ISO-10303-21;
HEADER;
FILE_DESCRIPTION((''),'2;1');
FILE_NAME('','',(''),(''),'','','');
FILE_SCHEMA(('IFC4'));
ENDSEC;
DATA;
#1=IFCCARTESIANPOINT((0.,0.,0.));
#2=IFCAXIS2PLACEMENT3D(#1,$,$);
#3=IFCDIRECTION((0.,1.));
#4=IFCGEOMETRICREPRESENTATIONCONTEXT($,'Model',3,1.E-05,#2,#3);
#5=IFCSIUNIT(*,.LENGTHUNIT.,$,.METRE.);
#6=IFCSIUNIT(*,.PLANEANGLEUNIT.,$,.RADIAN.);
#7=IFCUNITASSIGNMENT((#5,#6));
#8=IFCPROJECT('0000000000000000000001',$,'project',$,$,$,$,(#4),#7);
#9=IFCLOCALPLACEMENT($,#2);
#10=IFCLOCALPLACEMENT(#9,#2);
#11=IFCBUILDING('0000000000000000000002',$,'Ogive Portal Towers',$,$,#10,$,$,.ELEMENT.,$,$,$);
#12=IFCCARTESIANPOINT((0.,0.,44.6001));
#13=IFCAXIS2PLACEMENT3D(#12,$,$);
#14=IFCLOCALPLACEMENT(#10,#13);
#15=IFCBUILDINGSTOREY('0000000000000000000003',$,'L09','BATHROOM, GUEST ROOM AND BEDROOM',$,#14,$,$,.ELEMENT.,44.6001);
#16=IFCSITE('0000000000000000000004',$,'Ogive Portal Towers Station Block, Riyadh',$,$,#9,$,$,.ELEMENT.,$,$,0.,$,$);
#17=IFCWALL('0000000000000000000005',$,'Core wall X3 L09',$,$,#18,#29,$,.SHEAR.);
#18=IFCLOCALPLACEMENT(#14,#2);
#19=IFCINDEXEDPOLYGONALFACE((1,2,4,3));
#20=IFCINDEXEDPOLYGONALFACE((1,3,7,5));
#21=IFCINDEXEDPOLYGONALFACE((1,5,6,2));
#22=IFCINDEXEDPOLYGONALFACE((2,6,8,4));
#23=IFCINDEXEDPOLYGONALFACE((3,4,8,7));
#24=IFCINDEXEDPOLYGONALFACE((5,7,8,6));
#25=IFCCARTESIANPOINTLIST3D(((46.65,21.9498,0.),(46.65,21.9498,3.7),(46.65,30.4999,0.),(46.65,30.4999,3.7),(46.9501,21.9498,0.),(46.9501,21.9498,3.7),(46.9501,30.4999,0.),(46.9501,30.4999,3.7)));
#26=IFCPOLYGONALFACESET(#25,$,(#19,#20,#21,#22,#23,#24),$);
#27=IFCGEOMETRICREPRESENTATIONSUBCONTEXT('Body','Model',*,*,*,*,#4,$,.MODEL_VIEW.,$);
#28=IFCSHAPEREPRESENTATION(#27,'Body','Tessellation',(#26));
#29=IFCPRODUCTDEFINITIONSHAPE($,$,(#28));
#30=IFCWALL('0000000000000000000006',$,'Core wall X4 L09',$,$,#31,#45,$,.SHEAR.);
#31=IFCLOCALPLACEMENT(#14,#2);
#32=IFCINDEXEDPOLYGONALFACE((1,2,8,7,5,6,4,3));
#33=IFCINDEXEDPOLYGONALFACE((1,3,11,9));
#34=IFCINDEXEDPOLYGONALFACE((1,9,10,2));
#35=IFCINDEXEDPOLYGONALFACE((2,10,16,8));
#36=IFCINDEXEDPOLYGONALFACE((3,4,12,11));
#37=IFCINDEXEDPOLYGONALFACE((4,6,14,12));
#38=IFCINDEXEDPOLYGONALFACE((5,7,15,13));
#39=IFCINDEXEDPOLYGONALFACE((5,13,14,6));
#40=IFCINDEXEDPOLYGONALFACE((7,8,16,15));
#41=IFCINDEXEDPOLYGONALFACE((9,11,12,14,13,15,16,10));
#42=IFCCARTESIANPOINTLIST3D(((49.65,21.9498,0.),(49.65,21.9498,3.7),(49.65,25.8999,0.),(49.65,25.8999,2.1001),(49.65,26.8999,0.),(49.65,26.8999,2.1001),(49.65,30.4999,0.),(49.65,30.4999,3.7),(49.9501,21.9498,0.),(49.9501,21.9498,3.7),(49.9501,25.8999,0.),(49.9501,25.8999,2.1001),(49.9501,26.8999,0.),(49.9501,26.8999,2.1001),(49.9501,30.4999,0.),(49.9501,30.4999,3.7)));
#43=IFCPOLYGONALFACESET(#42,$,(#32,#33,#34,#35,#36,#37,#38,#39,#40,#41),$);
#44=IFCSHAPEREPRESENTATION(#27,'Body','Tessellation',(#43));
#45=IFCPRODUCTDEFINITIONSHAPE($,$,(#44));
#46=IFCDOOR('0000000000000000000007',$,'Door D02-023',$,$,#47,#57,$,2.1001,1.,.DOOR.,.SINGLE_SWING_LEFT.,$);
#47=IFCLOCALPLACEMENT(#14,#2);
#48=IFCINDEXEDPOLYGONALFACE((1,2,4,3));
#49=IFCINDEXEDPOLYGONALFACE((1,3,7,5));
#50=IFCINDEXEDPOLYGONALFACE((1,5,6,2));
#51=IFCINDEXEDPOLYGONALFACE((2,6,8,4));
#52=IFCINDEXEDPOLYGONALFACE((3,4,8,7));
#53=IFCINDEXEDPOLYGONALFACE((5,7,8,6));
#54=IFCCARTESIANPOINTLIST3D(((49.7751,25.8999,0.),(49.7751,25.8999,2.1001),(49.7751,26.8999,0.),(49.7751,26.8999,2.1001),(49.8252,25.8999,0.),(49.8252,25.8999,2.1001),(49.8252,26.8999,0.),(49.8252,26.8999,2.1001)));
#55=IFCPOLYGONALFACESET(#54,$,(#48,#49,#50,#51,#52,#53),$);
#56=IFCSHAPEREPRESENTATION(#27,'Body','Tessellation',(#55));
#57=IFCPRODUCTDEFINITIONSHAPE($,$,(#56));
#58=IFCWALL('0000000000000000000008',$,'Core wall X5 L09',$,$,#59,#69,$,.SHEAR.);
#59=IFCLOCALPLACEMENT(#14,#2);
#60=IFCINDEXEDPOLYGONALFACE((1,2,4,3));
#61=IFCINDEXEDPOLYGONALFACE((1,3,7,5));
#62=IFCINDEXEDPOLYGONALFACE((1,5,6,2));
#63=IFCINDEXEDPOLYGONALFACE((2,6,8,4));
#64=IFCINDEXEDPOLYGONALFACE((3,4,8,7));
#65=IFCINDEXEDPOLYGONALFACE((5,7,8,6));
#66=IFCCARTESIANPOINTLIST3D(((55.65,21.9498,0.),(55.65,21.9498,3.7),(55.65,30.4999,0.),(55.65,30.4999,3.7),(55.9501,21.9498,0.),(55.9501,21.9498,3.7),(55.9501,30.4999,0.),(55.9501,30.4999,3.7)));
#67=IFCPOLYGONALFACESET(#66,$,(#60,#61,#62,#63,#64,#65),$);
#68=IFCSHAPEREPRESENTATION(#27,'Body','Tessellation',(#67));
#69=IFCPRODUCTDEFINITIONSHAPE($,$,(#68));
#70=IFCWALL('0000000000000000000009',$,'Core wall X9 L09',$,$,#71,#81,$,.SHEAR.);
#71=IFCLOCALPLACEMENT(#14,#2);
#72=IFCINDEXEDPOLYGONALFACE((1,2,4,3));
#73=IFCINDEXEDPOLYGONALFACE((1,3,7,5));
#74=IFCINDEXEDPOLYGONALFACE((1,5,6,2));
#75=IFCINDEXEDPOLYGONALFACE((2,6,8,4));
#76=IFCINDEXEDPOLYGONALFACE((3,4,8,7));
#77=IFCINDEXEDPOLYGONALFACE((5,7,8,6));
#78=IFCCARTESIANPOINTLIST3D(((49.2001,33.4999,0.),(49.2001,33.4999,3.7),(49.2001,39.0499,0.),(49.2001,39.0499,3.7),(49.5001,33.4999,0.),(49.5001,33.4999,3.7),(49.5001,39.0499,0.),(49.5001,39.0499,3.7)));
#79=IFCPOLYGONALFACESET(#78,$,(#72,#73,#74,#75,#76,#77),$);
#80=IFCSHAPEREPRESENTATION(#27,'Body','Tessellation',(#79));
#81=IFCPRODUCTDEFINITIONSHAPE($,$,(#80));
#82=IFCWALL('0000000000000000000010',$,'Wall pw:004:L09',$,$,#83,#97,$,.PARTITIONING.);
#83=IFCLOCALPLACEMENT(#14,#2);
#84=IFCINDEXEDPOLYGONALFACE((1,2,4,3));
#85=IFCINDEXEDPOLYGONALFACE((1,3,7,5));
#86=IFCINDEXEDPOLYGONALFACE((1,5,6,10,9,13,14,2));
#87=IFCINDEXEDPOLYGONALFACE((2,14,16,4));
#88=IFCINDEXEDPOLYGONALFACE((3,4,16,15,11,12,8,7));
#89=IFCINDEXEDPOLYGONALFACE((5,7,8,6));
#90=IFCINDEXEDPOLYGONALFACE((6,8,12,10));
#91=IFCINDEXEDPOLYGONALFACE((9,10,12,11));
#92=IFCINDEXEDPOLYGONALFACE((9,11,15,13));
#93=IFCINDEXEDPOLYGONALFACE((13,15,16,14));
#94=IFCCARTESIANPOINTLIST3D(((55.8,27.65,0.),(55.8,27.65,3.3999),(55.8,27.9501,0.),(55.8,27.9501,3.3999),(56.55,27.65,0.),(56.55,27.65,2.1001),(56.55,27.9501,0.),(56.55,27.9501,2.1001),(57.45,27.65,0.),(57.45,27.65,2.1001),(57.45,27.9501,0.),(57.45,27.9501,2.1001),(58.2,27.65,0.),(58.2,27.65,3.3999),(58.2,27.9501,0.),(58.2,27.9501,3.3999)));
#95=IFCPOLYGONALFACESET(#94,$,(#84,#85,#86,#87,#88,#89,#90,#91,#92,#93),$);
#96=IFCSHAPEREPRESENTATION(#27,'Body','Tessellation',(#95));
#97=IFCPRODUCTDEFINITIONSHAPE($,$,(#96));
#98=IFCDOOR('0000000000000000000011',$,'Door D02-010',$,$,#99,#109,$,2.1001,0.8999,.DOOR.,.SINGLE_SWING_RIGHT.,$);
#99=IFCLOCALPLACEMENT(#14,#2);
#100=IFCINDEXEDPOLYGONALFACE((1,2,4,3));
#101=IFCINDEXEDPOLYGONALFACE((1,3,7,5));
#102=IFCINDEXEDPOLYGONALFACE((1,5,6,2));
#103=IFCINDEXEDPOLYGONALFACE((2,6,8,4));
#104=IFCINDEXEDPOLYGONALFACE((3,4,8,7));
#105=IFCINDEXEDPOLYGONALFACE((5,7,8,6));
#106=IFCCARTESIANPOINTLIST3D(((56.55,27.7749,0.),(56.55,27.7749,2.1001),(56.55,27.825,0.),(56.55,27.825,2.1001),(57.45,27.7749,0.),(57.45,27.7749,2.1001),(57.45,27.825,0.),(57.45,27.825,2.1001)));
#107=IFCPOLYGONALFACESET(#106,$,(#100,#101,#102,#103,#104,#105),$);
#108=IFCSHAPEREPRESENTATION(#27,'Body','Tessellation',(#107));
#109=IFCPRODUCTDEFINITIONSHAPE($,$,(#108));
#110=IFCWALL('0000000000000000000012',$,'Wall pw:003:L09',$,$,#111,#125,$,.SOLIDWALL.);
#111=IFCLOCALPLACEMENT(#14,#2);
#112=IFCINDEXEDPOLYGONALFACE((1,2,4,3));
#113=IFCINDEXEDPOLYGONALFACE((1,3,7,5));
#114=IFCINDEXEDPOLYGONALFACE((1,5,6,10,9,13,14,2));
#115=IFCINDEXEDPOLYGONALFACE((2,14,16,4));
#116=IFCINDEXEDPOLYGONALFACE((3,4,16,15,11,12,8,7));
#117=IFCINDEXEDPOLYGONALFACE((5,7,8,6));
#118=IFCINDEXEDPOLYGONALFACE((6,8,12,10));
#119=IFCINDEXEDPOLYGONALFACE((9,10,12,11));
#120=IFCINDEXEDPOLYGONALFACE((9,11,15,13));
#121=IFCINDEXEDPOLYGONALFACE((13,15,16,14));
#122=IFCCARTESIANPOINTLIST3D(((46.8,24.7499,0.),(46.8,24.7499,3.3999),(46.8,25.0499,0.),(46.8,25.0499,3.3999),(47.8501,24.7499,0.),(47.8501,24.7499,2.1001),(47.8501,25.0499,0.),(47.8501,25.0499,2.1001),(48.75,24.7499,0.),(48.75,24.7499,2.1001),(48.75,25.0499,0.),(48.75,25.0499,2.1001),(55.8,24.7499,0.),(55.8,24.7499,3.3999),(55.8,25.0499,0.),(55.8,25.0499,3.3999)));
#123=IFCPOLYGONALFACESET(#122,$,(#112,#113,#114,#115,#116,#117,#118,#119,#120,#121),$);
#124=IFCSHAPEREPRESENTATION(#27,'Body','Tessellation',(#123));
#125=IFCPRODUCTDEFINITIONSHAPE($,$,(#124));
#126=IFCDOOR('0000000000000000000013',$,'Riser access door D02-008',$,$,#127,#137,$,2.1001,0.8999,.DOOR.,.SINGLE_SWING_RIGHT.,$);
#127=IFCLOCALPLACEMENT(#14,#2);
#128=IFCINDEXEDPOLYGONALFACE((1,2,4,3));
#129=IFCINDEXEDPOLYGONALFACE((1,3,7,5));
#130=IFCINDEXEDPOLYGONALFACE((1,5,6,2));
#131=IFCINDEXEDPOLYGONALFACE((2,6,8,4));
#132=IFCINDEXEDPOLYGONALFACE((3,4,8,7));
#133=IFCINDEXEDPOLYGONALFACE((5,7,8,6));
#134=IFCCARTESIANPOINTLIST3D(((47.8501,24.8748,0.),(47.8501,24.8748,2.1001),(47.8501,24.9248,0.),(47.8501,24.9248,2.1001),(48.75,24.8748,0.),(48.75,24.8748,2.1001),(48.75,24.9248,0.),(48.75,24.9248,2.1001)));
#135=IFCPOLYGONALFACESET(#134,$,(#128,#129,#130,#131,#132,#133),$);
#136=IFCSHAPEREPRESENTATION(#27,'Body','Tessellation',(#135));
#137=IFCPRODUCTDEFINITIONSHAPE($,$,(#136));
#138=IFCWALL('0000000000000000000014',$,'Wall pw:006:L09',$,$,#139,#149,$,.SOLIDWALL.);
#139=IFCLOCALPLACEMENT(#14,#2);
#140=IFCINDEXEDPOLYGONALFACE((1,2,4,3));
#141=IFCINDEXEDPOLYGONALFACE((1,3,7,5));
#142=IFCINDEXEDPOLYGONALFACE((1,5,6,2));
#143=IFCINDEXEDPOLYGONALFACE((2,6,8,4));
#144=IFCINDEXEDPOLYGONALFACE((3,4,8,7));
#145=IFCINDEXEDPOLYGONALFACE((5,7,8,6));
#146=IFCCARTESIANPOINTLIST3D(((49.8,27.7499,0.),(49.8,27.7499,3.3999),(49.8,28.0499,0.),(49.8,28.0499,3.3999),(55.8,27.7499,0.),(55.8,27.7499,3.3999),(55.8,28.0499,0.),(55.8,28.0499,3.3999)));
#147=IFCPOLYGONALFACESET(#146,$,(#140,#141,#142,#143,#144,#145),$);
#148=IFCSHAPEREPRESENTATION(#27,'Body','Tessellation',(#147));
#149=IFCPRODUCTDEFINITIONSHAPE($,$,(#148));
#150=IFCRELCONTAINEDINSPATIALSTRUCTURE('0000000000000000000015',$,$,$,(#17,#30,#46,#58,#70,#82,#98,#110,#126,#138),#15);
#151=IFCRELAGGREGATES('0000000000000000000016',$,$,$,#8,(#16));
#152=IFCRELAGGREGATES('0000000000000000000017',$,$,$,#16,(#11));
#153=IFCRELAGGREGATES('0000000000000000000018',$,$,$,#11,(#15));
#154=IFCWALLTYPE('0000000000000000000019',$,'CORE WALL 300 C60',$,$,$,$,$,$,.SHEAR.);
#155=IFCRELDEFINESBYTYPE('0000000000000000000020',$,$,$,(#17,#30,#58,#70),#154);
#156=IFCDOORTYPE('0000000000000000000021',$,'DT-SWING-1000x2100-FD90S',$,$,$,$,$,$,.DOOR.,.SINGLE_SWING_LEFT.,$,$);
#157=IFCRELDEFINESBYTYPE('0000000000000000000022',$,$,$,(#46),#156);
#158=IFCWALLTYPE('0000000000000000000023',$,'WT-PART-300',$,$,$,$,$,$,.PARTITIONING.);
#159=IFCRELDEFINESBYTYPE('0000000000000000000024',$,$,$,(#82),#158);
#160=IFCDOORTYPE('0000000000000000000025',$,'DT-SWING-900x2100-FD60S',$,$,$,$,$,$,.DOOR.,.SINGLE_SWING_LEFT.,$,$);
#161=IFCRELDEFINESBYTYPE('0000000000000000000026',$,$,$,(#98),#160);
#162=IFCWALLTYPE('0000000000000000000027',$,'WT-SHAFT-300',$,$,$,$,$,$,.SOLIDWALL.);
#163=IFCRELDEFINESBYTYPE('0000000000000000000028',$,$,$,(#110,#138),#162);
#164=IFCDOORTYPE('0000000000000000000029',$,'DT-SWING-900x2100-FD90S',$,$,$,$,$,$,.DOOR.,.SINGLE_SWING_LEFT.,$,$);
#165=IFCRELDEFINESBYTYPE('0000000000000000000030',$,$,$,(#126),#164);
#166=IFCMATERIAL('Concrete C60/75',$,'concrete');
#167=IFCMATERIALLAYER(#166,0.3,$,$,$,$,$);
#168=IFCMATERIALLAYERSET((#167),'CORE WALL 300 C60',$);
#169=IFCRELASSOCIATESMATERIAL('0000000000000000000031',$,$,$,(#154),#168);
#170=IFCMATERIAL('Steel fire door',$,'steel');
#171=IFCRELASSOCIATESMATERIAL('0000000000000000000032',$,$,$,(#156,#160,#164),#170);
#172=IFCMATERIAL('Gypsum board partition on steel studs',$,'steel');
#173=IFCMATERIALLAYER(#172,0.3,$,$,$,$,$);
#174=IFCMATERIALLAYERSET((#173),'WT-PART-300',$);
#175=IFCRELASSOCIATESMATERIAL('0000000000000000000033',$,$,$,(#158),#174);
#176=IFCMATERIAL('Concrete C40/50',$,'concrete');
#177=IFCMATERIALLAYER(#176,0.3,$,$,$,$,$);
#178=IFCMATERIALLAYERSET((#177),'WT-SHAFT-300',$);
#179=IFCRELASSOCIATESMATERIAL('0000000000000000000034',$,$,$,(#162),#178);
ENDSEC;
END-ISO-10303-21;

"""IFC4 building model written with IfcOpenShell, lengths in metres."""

from ifc_helpers import new_model, si_unit, direction, frame, frame_2d, origin, place, context, subcontext, project, spatial, rectangle, extrude, material, layer, layer_set, type_object, element, fill, save


model = new_model("IFC4")

# Units and contexts
model_context = context("Model", 3, precision=1e-05, world=origin(), true_north=direction((0.0, 1.0)))
body_context = subcontext(model_context, "Body", "Model", "MODEL_VIEW")
ifc_project = project(units=[si_unit("LENGTHUNIT", "METRE"), si_unit("PLANEANGLEUNIT", "RADIAN")], contexts=[model_context])

# Site, building, storey
site_placement = place(None, origin())
site = spatial("IfcSite", under=ifc_project, at=site_placement, Name="Ogive Portal Towers Station Block, Riyadh", CompositionType="ELEMENT", RefElevation=0.0)
building_placement = place(site_placement, origin())
building = spatial("IfcBuilding", under=site, at=building_placement, Name="Ogive Portal Towers", CompositionType="ELEMENT")
storey_placement = place(building_placement, frame((0.0, 0.0, 44.6001)))
storey = spatial("IfcBuildingStorey", under=building, at=storey_placement, Name="L09", Description="BATHROOM, GUEST ROOM AND BEDROOM", CompositionType="ELEMENT", Elevation=44.6001)

# Wall
ifc_material_1 = material(Name="Concrete C60/75", Category="concrete")
ifc_layer_1 = layer(ifc_material_1, 0.3)
ifc_layer_set_1 = layer_set([ifc_layer_1], Name="CORE WALL 300 C60")
wall_type_1 = type_object("IfcWallType", Name="CORE WALL 300 C60", PredefinedType="SHEAR", material=ifc_layer_set_1)
wall_1_placement = place(storey_placement, frame((46.8, 21.95, 0.0), z_axis=(0.0, 0.0, 1.0), x_axis=(0.0, 1.0, 0.0)))
element("IfcWall", 1, at=wall_1_placement, inside=storey, type_object=wall_type_1, Name="Core wall X3 L09", PredefinedType="SHEAR", context=body_context, shape_type="SweptSolid", body=[
    extrude(rectangle(XDim=8.55, YDim=0.3, at=frame_2d((4.2749, 0.0))), origin(), (0.0, 0.0, 1.0), 3.7),
])

# Wall, opening, door
wall_2_placement = place(storey_placement, frame((49.8, 21.95, 0.0), z_axis=(0.0, 0.0, 1.0), x_axis=(0.0, 1.0, 0.0)))
wall_2 = element("IfcWall", 2, at=wall_2_placement, inside=storey, type_object=wall_type_1, Name="Core wall X4 L09", PredefinedType="SHEAR", context=body_context, shape_type="SweptSolid", body=[
    extrude(rectangle(XDim=8.55, YDim=0.3, at=frame_2d((4.2749, 0.0))), origin(), (0.0, 0.0, 1.0), 3.7),
])
opening_1_placement = place(wall_2_placement, frame((3.95, 0.0, 0.0)))
opening_1 = element("IfcOpeningElement", 3, at=opening_1_placement, cuts=wall_2, PredefinedType="OPENING", context=body_context, shape_type="SweptSolid", body=[
    extrude(rectangle(XDim=1.0, YDim=2.1001, at=frame_2d((0.5, 1.05))), frame((0.0, 0.1602, 0.0), z_axis=(0.0, -1.0, 0.0), x_axis=(1.0, 0.0, 0.0)), (0.0, 0.0, 1.0), 0.3201),
])
ifc_material_2 = material(Name="Steel fire door", Category="steel")
door_type_1 = type_object("IfcDoorType", Name="DT-SWING-1000x2100-FD90S", OperationType="SINGLE_SWING_LEFT", PredefinedType="DOOR", material=ifc_material_2)
door_1_placement = place(opening_1_placement, origin())
door_1 = element("IfcDoor", 4, at=door_1_placement, inside=storey, type_object=door_type_1, Name="Door D02-023", OperationType="SINGLE_SWING_LEFT", OverallHeight=2.1001, OverallWidth=1.0, PredefinedType="DOOR", context=body_context, shape_type="SweptSolid", body=[
    extrude(rectangle(XDim=1.0, YDim=2.1001, at=frame_2d((0.5, 1.05))), frame((0.0, 0.0249, 0.0), z_axis=(0.0, -1.0, 0.0), x_axis=(1.0, 0.0, 0.0)), (0.0, 0.0, 1.0), 0.05),
])
fill(opening_1, door_1)

# Walls
wall_3_placement = place(storey_placement, frame((55.8, 21.95, 0.0), z_axis=(0.0, 0.0, 1.0), x_axis=(0.0, 1.0, 0.0)))
element("IfcWall", 5, at=wall_3_placement, inside=storey, type_object=wall_type_1, Name="Core wall X5 L09", PredefinedType="SHEAR", context=body_context, shape_type="SweptSolid", body=[
    extrude(rectangle(XDim=8.55, YDim=0.3, at=frame_2d((4.2749, 0.0))), origin(), (0.0, 0.0, 1.0), 3.7),
])
wall_4_placement = place(storey_placement, frame((49.3501, 33.5, 0.0), z_axis=(0.0, 0.0, 1.0), x_axis=(0.0, 1.0, 0.0)))
element("IfcWall", 6, at=wall_4_placement, inside=storey, type_object=wall_type_1, Name="Core wall X9 L09", PredefinedType="SHEAR", context=body_context, shape_type="SweptSolid", body=[
    extrude(rectangle(XDim=5.55, YDim=0.3, at=frame_2d((2.7749, 0.0))), origin(), (0.0, 0.0, 1.0), 3.7),
])

# Walls, openings, doors
ifc_material_3 = material(Name="Gypsum board partition on steel studs", Category="steel")
ifc_layer_2 = layer(ifc_material_3, 0.3)
ifc_layer_set_2 = layer_set([ifc_layer_2], Name="WT-PART-300")
wall_type_2 = type_object("IfcWallType", Name="WT-PART-300", PredefinedType="PARTITIONING", material=ifc_layer_set_2)
wall_5_placement = place(storey_placement, frame((55.8, 27.8, 0.0), z_axis=(0.0, 0.0, 1.0), x_axis=(1.0, 0.0, 0.0)))
wall_5 = element("IfcWall", 7, at=wall_5_placement, inside=storey, type_object=wall_type_2, Name="Wall pw:004:L09", PredefinedType="PARTITIONING", context=body_context, shape_type="SweptSolid", body=[
    extrude(rectangle(XDim=2.3999, YDim=0.3, at=frame_2d((1.2, 0.0))), origin(), (0.0, 0.0, 1.0), 3.3999),
])
opening_2_placement = place(wall_5_placement, frame((0.75, 0.0, 0.0)))
opening_2 = element("IfcOpeningElement", 8, at=opening_2_placement, cuts=wall_5, PredefinedType="OPENING", context=body_context, shape_type="SweptSolid", body=[
    extrude(rectangle(XDim=0.8999, YDim=2.1001, at=frame_2d((0.45, 1.05))), frame((0.0, 0.1602, 0.0), z_axis=(0.0, -1.0, 0.0), x_axis=(1.0, 0.0, 0.0)), (0.0, 0.0, 1.0), 0.3201),
])
door_type_2 = type_object("IfcDoorType", Name="DT-SWING-900x2100-FD60S", OperationType="SINGLE_SWING_LEFT", PredefinedType="DOOR", material=ifc_material_2)
door_2_placement = place(opening_2_placement, origin())
door_2 = element("IfcDoor", 9, at=door_2_placement, inside=storey, type_object=door_type_2, Name="Door D02-010", OperationType="SINGLE_SWING_RIGHT", OverallHeight=2.1001, OverallWidth=0.8999, PredefinedType="DOOR", context=body_context, shape_type="SweptSolid", body=[
    extrude(rectangle(XDim=0.8999, YDim=2.1001, at=frame_2d((0.45, 1.05))), frame((0.0, 0.0249, 0.0), z_axis=(0.0, -1.0, 0.0), x_axis=(1.0, 0.0, 0.0)), (0.0, 0.0, 1.0), 0.05),
])
fill(opening_2, door_2)
ifc_material_4 = material(Name="Concrete C40/50", Category="concrete")
ifc_layer_3 = layer(ifc_material_4, 0.3)
ifc_layer_set_3 = layer_set([ifc_layer_3], Name="WT-SHAFT-300")
wall_type_3 = type_object("IfcWallType", Name="WT-SHAFT-300", PredefinedType="SOLIDWALL", material=ifc_layer_set_3)
wall_6_placement = place(storey_placement, frame((46.8, 24.8999, 0.0), z_axis=(0.0, 0.0, 1.0), x_axis=(1.0, 0.0, 0.0)))
wall_6 = element("IfcWall", 10, at=wall_6_placement, inside=storey, type_object=wall_type_3, Name="Wall pw:003:L09", PredefinedType="SOLIDWALL", context=body_context, shape_type="SweptSolid", body=[
    extrude(rectangle(XDim=9.0, YDim=0.3, at=frame_2d((4.5, 0.0))), origin(), (0.0, 0.0, 1.0), 3.3999),
])
opening_3_placement = place(wall_6_placement, frame((1.05, 0.0, 0.0)))
opening_3 = element("IfcOpeningElement", 11, at=opening_3_placement, cuts=wall_6, PredefinedType="OPENING", context=body_context, shape_type="SweptSolid", body=[
    extrude(rectangle(XDim=0.8999, YDim=2.1001, at=frame_2d((0.45, 1.05))), frame((0.0, 0.1602, 0.0), z_axis=(0.0, -1.0, 0.0), x_axis=(1.0, 0.0, 0.0)), (0.0, 0.0, 1.0), 0.3201),
])
door_type_3 = type_object("IfcDoorType", Name="DT-SWING-900x2100-FD90S", OperationType="SINGLE_SWING_LEFT", PredefinedType="DOOR", material=ifc_material_2)
door_3_placement = place(opening_3_placement, origin())
door_3 = element("IfcDoor", 12, at=door_3_placement, inside=storey, type_object=door_type_3, Name="Riser access door D02-008", OperationType="SINGLE_SWING_RIGHT", OverallHeight=2.1001, OverallWidth=0.8999, PredefinedType="DOOR", context=body_context, shape_type="SweptSolid", body=[
    extrude(rectangle(XDim=0.8999, YDim=2.1001, at=frame_2d((0.45, 1.05))), frame((0.0, 0.0249, 0.0), z_axis=(0.0, -1.0, 0.0), x_axis=(1.0, 0.0, 0.0)), (0.0, 0.0, 1.0), 0.05),
])
fill(opening_3, door_3)

# Wall
wall_7_placement = place(storey_placement, frame((49.8, 27.8999, 0.0), z_axis=(0.0, 0.0, 1.0), x_axis=(1.0, 0.0, 0.0)))
element("IfcWall", 13, at=wall_7_placement, inside=storey, type_object=wall_type_3, Name="Wall pw:006:L09", PredefinedType="SOLIDWALL", context=body_context, shape_type="SweptSolid", body=[
    extrude(rectangle(XDim=6.0, YDim=0.3, at=frame_2d((3.0, 0.0))), origin(), (0.0, 0.0, 1.0), 3.3999),
])

save(model, "model.ifc")
